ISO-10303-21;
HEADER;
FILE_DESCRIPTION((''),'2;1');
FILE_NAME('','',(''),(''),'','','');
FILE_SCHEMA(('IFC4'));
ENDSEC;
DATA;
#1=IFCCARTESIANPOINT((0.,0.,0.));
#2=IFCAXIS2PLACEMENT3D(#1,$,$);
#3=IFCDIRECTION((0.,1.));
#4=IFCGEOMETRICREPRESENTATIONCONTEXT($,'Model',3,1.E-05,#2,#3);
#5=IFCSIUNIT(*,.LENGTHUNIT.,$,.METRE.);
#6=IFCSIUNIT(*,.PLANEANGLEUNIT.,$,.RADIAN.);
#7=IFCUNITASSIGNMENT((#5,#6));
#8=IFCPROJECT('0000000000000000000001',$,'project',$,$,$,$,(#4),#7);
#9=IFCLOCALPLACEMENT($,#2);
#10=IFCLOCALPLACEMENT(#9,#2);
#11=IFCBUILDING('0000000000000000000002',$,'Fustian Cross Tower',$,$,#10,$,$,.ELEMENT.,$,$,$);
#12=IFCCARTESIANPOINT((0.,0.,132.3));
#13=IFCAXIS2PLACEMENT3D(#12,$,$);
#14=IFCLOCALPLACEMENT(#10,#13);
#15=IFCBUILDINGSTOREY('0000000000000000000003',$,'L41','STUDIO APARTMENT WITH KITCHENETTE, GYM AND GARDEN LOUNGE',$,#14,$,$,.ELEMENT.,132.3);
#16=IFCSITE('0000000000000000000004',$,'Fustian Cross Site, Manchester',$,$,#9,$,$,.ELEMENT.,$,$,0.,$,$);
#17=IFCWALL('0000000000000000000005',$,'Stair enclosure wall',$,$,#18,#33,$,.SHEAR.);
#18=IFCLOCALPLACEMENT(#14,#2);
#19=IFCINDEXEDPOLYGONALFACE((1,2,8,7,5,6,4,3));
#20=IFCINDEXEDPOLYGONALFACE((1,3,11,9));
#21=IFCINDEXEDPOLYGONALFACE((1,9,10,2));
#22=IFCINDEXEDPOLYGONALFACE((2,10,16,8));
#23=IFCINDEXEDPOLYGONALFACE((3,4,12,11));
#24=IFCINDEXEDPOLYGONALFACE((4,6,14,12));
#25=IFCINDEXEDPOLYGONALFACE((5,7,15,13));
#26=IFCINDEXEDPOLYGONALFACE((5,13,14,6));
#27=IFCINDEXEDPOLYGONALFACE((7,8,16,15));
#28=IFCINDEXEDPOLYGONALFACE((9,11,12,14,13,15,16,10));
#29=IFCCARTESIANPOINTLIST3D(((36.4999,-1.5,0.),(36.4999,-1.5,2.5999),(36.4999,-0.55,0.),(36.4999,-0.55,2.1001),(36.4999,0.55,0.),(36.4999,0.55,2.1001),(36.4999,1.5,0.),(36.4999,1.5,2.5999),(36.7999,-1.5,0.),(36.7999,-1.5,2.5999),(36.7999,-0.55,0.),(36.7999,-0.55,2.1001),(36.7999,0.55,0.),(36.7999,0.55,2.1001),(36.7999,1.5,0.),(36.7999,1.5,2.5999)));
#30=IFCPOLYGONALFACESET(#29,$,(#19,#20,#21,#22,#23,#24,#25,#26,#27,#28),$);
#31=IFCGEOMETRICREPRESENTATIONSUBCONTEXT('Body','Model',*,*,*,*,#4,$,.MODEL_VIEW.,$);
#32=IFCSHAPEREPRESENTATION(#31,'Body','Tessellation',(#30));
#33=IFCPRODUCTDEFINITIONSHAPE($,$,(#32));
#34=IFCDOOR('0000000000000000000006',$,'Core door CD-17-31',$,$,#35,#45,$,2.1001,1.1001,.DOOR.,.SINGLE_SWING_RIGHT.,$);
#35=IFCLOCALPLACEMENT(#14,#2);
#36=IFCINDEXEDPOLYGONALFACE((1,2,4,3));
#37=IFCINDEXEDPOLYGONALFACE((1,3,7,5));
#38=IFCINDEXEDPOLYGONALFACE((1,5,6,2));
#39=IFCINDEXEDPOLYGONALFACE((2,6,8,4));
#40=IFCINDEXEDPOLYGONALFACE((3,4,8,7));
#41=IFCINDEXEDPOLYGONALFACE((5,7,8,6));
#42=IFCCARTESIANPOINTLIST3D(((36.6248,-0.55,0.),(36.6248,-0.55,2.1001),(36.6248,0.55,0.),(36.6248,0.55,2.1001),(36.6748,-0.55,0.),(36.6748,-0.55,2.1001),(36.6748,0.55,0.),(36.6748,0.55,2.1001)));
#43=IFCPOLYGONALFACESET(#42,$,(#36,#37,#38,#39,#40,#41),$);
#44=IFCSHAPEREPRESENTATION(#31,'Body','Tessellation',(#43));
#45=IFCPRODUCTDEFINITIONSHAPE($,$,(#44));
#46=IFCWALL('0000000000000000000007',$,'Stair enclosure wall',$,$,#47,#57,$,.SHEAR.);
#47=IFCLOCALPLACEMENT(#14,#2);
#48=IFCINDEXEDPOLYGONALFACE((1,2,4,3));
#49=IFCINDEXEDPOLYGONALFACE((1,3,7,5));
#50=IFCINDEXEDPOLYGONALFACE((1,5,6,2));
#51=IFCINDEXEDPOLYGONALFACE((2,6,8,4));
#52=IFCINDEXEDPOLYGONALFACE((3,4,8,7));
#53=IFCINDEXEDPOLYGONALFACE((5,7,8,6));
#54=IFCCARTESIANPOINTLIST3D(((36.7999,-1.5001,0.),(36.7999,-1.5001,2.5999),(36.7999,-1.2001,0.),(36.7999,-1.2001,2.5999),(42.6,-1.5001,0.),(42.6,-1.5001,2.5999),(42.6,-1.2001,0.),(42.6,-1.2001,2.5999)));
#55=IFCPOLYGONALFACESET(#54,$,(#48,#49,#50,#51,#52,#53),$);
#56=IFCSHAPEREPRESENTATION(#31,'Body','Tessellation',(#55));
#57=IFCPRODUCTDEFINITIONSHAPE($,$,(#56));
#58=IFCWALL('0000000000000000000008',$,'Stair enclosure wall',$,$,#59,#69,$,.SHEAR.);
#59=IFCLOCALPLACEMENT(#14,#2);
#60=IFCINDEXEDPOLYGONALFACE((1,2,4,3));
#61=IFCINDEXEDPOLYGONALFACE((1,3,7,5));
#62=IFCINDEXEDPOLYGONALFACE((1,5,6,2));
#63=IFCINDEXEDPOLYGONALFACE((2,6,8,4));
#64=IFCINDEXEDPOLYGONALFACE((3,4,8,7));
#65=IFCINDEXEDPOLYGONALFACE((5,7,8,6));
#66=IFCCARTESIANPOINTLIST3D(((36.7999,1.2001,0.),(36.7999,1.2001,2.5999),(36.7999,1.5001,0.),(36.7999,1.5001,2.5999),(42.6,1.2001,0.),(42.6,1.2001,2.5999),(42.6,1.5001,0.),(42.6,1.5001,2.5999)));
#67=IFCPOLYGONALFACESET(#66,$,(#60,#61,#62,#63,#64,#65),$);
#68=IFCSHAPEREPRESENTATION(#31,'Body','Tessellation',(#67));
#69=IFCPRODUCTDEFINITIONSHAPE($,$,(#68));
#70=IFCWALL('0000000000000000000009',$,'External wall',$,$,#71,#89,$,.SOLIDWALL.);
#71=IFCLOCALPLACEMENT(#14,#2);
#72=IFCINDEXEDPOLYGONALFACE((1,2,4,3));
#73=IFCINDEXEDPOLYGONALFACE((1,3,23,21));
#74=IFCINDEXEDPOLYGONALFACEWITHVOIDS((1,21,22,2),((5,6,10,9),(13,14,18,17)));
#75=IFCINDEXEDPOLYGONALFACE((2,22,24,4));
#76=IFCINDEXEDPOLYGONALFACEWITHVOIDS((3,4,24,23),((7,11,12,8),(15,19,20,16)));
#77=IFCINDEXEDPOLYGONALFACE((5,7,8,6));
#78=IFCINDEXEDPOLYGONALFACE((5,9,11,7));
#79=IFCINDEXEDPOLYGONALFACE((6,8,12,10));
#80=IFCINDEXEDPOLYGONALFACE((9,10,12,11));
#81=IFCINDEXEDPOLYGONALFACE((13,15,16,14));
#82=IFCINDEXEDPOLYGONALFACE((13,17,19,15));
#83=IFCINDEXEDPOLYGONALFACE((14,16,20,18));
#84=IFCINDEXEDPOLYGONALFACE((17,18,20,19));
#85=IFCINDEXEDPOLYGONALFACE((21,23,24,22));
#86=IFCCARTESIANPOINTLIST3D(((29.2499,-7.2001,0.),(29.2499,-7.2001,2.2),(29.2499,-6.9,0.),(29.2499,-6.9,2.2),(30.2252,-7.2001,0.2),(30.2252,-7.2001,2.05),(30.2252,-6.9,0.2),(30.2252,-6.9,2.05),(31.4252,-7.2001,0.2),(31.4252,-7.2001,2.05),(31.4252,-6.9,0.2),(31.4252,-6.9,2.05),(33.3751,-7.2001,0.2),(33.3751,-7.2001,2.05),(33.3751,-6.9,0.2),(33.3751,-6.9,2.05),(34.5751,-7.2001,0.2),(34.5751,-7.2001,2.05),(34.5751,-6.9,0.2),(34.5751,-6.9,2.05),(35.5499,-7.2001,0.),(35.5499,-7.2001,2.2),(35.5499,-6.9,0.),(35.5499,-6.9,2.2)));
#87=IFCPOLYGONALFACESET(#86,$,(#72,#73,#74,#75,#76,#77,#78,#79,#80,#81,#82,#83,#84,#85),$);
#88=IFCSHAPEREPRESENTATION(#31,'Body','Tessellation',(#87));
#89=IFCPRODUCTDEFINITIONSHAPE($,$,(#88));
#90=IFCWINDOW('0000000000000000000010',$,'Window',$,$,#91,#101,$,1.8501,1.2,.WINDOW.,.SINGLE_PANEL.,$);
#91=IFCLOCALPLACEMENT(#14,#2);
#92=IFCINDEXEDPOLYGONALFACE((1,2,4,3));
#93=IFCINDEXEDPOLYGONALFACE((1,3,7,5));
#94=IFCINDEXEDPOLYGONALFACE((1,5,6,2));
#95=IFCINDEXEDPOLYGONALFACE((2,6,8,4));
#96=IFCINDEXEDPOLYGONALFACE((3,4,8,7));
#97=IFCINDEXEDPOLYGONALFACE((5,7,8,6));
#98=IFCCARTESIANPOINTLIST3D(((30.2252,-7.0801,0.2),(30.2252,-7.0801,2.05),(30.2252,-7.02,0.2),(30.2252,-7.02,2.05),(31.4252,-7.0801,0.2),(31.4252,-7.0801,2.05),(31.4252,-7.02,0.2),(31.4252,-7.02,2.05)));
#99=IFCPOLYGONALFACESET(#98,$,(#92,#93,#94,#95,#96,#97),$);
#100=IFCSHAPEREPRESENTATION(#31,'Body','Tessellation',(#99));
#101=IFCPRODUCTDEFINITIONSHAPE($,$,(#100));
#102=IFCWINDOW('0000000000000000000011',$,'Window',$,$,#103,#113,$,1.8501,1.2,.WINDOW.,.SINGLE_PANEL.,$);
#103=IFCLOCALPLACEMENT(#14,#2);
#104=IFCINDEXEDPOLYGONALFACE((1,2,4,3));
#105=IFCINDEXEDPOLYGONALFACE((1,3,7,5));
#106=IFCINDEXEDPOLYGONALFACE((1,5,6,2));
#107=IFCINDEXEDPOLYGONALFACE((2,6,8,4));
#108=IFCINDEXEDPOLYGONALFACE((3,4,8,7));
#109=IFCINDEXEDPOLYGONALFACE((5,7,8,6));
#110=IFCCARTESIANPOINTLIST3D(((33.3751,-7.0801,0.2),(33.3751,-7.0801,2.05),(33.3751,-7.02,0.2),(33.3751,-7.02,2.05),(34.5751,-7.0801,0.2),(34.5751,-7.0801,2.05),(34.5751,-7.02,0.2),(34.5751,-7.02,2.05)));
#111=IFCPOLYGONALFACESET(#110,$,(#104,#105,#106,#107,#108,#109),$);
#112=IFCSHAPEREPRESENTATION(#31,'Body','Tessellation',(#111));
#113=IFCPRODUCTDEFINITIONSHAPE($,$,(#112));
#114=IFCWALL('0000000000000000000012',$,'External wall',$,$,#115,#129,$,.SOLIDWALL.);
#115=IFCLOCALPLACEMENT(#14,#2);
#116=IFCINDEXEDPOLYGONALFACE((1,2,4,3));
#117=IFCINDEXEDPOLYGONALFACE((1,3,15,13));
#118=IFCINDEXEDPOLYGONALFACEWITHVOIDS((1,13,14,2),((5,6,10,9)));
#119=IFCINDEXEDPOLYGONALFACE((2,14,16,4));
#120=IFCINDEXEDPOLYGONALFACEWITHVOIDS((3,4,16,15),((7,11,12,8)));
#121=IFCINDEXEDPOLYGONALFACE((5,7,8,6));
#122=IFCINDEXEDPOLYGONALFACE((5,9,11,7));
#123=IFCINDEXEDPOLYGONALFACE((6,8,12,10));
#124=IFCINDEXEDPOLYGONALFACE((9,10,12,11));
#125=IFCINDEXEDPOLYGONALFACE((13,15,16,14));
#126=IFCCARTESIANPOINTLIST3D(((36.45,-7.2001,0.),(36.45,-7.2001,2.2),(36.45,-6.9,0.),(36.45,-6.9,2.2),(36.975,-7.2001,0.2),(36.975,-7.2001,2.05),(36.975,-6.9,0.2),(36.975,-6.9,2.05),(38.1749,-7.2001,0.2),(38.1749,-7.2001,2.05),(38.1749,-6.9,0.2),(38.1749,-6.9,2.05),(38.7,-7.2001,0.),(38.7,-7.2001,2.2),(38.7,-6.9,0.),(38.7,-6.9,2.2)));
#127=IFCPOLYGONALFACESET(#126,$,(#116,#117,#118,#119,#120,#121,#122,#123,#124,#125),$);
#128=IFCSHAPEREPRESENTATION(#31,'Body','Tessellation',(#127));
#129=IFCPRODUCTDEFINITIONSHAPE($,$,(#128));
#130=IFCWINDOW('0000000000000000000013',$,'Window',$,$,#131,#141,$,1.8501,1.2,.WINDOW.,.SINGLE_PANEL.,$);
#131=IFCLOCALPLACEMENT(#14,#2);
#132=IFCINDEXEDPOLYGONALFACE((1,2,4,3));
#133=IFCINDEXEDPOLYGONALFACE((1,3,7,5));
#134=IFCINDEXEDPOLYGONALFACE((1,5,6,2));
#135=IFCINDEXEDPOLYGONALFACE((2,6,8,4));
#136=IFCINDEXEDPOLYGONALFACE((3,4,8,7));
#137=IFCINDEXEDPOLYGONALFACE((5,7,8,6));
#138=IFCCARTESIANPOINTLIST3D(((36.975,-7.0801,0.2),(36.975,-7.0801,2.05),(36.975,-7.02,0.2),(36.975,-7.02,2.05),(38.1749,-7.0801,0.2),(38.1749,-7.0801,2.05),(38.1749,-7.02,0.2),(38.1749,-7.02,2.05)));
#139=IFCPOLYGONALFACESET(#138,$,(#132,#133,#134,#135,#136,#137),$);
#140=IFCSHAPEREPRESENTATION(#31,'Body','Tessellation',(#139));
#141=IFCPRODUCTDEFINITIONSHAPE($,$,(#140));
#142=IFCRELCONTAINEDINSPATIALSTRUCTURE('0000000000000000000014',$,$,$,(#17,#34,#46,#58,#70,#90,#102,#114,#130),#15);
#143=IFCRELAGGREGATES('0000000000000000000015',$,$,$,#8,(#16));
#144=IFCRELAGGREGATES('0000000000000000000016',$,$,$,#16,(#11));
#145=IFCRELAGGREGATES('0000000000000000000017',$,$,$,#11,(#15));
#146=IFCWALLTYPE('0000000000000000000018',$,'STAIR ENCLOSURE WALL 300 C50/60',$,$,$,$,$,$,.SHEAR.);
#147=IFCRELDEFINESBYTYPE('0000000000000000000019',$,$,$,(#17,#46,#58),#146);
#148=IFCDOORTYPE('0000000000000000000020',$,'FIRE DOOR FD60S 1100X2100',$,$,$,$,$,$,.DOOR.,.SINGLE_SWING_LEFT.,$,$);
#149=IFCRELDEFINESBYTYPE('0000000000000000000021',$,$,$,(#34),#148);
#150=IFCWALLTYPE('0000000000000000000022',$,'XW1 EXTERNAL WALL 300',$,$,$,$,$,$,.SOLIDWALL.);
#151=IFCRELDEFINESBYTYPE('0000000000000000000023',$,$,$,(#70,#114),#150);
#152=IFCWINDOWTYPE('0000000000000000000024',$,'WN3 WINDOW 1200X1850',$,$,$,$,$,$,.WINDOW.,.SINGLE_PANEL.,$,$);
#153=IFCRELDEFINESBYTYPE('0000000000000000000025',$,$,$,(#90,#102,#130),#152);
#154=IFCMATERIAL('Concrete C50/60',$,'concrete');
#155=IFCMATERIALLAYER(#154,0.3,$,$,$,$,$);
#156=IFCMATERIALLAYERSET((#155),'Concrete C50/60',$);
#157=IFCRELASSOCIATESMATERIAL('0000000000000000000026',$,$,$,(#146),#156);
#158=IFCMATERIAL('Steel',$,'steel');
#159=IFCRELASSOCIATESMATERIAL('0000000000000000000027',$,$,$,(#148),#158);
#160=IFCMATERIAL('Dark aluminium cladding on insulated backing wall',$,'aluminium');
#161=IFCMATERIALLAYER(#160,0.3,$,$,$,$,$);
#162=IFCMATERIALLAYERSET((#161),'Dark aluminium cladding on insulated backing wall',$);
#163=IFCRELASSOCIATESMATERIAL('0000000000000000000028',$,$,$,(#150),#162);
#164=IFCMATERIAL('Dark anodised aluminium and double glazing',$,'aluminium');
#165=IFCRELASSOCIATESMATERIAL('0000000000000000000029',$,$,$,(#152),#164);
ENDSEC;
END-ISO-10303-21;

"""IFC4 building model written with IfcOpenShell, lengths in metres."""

from ifc_helpers import new_model, si_unit, direction, frame, frame_2d, origin, place, context, subcontext, project, spatial, rectangle, extrude, material, layer, layer_set, type_object, element, fill, save


model = new_model("IFC4")

# Units and contexts
model_context = context("Model", 3, precision=1e-05, world=origin(), true_north=direction((0.0, 1.0)))
body_context = subcontext(model_context, "Body", "Model", "MODEL_VIEW")
ifc_project = project(units=[si_unit("LENGTHUNIT", "METRE"), si_unit("PLANEANGLEUNIT", "RADIAN")], contexts=[model_context])

# Site, building, storey
site_placement = place(None, origin())
site = spatial("IfcSite", under=ifc_project, at=site_placement, Name="Fustian Cross Site, Manchester", CompositionType="ELEMENT", RefElevation=0.0)
building_placement = place(site_placement, origin())
building = spatial("IfcBuilding", under=site, at=building_placement, Name="Fustian Cross Tower", CompositionType="ELEMENT")
storey_placement = place(building_placement, frame((0.0, 0.0, 132.3)))
storey = spatial("IfcBuildingStorey", under=building, at=storey_placement, Name="L41", Description="STUDIO APARTMENT WITH KITCHENETTE, GYM AND GARDEN LOUNGE", CompositionType="ELEMENT", Elevation=132.3)

# Wall, opening, door
ifc_material_1 = material(Name="Concrete C50/60", Category="concrete")
ifc_layer_1 = layer(ifc_material_1, 0.3)
ifc_layer_set_1 = layer_set([ifc_layer_1], Name="Concrete C50/60")
wall_type_1 = type_object("IfcWallType", Name="STAIR ENCLOSURE WALL 300 C50/60", PredefinedType="SHEAR", material=ifc_layer_set_1)
wall_1_placement = place(storey_placement, frame((36.6499, -1.5, 0.0), z_axis=(0.0, 0.0, 1.0), x_axis=(0.0, 1.0, 0.0)))
wall_1 = element("IfcWall", 1, at=wall_1_placement, inside=storey, type_object=wall_type_1, Name="Stair enclosure wall", PredefinedType="SHEAR", context=body_context, shape_type="SweptSolid", body=[
    extrude(rectangle(XDim=3.0, YDim=0.3, at=frame_2d((1.5, 0.0))), origin(), (0.0, 0.0, 1.0), 2.5999),
])
opening_1_placement = place(wall_1_placement, frame((0.95, 0.0, 0.0)))
opening_1 = element("IfcOpeningElement", 2, at=opening_1_placement, cuts=wall_1, PredefinedType="OPENING", context=body_context, shape_type="SweptSolid", body=[
    extrude(rectangle(XDim=1.1001, YDim=2.1001, at=frame_2d((0.55, 1.05))), frame((0.0, 0.1599, 0.0), z_axis=(0.0, -1.0, 0.0), x_axis=(1.0, 0.0, 0.0)), (0.0, 0.0, 1.0), 0.3201),
])
ifc_material_2 = material(Name="Steel", Category="steel")
door_type_1 = type_object("IfcDoorType", Name="FIRE DOOR FD60S 1100X2100", OperationType="SINGLE_SWING_LEFT", PredefinedType="DOOR", material=ifc_material_2)
door_1_placement = place(opening_1_placement, frame((1.1001, 0.0, 0.0), z_axis=(0.0, 0.0, 1.0), x_axis=(-1.0, 0.0, 0.0)))
door_1 = element("IfcDoor", 3, at=door_1_placement, inside=storey, type_object=door_type_1, Name="Core door CD-17-31", OperationType="SINGLE_SWING_RIGHT", OverallHeight=2.1001, OverallWidth=1.1001, PredefinedType="DOOR", context=body_context, shape_type="SweptSolid", body=[
    extrude(rectangle(XDim=1.1001, YDim=2.1001, at=frame_2d((0.55, 1.05))), frame((0.0, 0.0249, 0.0), z_axis=(0.0, -1.0, 0.0), x_axis=(1.0, 0.0, 0.0)), (0.0, 0.0, 1.0), 0.05),
])
fill(opening_1, door_1)

# Walls
for number, where, z_axis, x_axis, name in (
    (4, (36.8, -1.3501, 0.0), (0.0, 0.0, 1.0), (1.0, 0.0, 0.0), "Stair enclosure wall"),
    (5, (36.8, 1.3501, 0.0), (0.0, 0.0, 1.0), (1.0, 0.0, 0.0), "Stair enclosure wall"),
):
    element("IfcWall", number, at=place(storey_placement, frame(where, z_axis=z_axis, x_axis=x_axis)), inside=storey, type_object=wall_type_1, Name=name, PredefinedType="SHEAR", context=body_context, shape_type="SweptSolid", body=[
        extrude(rectangle(XDim=5.8, YDim=0.3, at=frame_2d((2.8999, 0.0))), origin(), (0.0, 0.0, 1.0), 2.5999),
    ])

# Wall, openings, windows
ifc_material_3 = material(Name="Dark aluminium cladding on insulated backing wall", Category="aluminium")
ifc_layer_2 = layer(ifc_material_3, 0.3)
ifc_layer_set_2 = layer_set([ifc_layer_2], Name="Dark aluminium cladding on insulated backing wall")
wall_type_2 = type_object("IfcWallType", Name="XW1 EXTERNAL WALL 300", PredefinedType="SOLIDWALL", material=ifc_layer_set_2)
wall_2_placement = place(storey_placement, frame((29.25, -7.05, 0.0), z_axis=(0.0, 0.0, 1.0), x_axis=(1.0, 0.0, 0.0)))
wall_2 = element("IfcWall", 6, at=wall_2_placement, inside=storey, type_object=wall_type_2, Name="External wall", PredefinedType="SOLIDWALL", context=body_context, shape_type="SweptSolid", body=[
    extrude(rectangle(XDim=6.3, YDim=0.3, at=frame_2d((3.1499, 0.0))), origin(), (0.0, 0.0, 1.0), 2.2),
])
opening_2_placement = place(wall_2_placement, frame((0.9751, 0.0, 0.2)))
opening_2 = element("IfcOpeningElement", 7, at=opening_2_placement, cuts=wall_2, PredefinedType="OPENING", context=body_context, shape_type="SweptSolid", body=[
    extrude(rectangle(XDim=1.2, YDim=1.8501, at=frame_2d((0.6001, 0.925))), frame((0.0, 0.1599, 0.0), z_axis=(0.0, -1.0, 0.0), x_axis=(1.0, 0.0, 0.0)), (0.0, 0.0, 1.0), 0.3201),
])
opening_3_placement = place(wall_2_placement, frame((4.125, 0.0, 0.2)))
opening_3 = element("IfcOpeningElement", 8, at=opening_3_placement, cuts=wall_2, PredefinedType="OPENING", context=body_context, shape_type="SweptSolid", body=[
    extrude(rectangle(XDim=1.2, YDim=1.8501, at=frame_2d((0.6001, 0.925))), frame((0.0, 0.1599, 0.0), z_axis=(0.0, -1.0, 0.0), x_axis=(1.0, 0.0, 0.0)), (0.0, 0.0, 1.0), 0.3201),
])
ifc_material_4 = material(Name="Dark anodised aluminium and double glazing", Category="aluminium")
window_type_1 = type_object("IfcWindowType", Name="WN3 WINDOW 1200X1850", PartitioningType="SINGLE_PANEL", PredefinedType="WINDOW", material=ifc_material_4)
window_1_placement = place(opening_2_placement, origin())
window_1 = element("IfcWindow", 9, at=window_1_placement, inside=storey, type_object=window_type_1, Name="Window", OverallHeight=1.8501, OverallWidth=1.2, PartitioningType="SINGLE_PANEL", PredefinedType="WINDOW", context=body_context, shape_type="SweptSolid", body=[
    extrude(rectangle(XDim=1.2, YDim=1.8501, at=frame_2d((0.6001, 0.925))), frame((0.0, 0.03, 0.0), z_axis=(0.0, -1.0, 0.0), x_axis=(1.0, 0.0, 0.0)), (0.0, 0.0, 1.0), 0.0601),
])
fill(opening_2, window_1)
window_2_placement = place(opening_3_placement, origin())
window_2 = element("IfcWindow", 10, at=window_2_placement, inside=storey, type_object=window_type_1, Name="Window", OverallHeight=1.8501, OverallWidth=1.2, PartitioningType="SINGLE_PANEL", PredefinedType="WINDOW", context=body_context, shape_type="SweptSolid", body=[
    extrude(rectangle(XDim=1.2, YDim=1.8501, at=frame_2d((0.6001, 0.925))), frame((0.0, 0.03, 0.0), z_axis=(0.0, -1.0, 0.0), x_axis=(1.0, 0.0, 0.0)), (0.0, 0.0, 1.0), 0.0601),
])
fill(opening_3, window_2)

# Wall, opening, window
wall_3_placement = place(storey_placement, frame((36.45, -7.05, 0.0), z_axis=(0.0, 0.0, 1.0), x_axis=(1.0, 0.0, 0.0)))
wall_3 = element("IfcWall", 11, at=wall_3_placement, inside=storey, type_object=wall_type_2, Name="External wall", PredefinedType="SOLIDWALL", context=body_context, shape_type="SweptSolid", body=[
    extrude(rectangle(XDim=2.25, YDim=0.3, at=frame_2d((1.125, 0.0))), origin(), (0.0, 0.0, 1.0), 2.2),
])
opening_4_placement = place(wall_3_placement, frame((0.5249, 0.0, 0.2)))
opening_4 = element("IfcOpeningElement", 12, at=opening_4_placement, cuts=wall_3, PredefinedType="OPENING", context=body_context, shape_type="SweptSolid", body=[
    extrude(rectangle(XDim=1.2, YDim=1.8501, at=frame_2d((0.6001, 0.925))), frame((0.0, 0.1599, 0.0), z_axis=(0.0, -1.0, 0.0), x_axis=(1.0, 0.0, 0.0)), (0.0, 0.0, 1.0), 0.3201),
])
window_3_placement = place(opening_4_placement, origin())
window_3 = element("IfcWindow", 13, at=window_3_placement, inside=storey, type_object=window_type_1, Name="Window", OverallHeight=1.8501, OverallWidth=1.2, PartitioningType="SINGLE_PANEL", PredefinedType="WINDOW", context=body_context, shape_type="SweptSolid", body=[
    extrude(rectangle(XDim=1.2, YDim=1.8501, at=frame_2d((0.6001, 0.925))), frame((0.0, 0.03, 0.0), z_axis=(0.0, -1.0, 0.0), x_axis=(1.0, 0.0, 0.0)), (0.0, 0.0, 1.0), 0.0601),
])
fill(opening_4, window_3)

save(model, "model.ifc")
